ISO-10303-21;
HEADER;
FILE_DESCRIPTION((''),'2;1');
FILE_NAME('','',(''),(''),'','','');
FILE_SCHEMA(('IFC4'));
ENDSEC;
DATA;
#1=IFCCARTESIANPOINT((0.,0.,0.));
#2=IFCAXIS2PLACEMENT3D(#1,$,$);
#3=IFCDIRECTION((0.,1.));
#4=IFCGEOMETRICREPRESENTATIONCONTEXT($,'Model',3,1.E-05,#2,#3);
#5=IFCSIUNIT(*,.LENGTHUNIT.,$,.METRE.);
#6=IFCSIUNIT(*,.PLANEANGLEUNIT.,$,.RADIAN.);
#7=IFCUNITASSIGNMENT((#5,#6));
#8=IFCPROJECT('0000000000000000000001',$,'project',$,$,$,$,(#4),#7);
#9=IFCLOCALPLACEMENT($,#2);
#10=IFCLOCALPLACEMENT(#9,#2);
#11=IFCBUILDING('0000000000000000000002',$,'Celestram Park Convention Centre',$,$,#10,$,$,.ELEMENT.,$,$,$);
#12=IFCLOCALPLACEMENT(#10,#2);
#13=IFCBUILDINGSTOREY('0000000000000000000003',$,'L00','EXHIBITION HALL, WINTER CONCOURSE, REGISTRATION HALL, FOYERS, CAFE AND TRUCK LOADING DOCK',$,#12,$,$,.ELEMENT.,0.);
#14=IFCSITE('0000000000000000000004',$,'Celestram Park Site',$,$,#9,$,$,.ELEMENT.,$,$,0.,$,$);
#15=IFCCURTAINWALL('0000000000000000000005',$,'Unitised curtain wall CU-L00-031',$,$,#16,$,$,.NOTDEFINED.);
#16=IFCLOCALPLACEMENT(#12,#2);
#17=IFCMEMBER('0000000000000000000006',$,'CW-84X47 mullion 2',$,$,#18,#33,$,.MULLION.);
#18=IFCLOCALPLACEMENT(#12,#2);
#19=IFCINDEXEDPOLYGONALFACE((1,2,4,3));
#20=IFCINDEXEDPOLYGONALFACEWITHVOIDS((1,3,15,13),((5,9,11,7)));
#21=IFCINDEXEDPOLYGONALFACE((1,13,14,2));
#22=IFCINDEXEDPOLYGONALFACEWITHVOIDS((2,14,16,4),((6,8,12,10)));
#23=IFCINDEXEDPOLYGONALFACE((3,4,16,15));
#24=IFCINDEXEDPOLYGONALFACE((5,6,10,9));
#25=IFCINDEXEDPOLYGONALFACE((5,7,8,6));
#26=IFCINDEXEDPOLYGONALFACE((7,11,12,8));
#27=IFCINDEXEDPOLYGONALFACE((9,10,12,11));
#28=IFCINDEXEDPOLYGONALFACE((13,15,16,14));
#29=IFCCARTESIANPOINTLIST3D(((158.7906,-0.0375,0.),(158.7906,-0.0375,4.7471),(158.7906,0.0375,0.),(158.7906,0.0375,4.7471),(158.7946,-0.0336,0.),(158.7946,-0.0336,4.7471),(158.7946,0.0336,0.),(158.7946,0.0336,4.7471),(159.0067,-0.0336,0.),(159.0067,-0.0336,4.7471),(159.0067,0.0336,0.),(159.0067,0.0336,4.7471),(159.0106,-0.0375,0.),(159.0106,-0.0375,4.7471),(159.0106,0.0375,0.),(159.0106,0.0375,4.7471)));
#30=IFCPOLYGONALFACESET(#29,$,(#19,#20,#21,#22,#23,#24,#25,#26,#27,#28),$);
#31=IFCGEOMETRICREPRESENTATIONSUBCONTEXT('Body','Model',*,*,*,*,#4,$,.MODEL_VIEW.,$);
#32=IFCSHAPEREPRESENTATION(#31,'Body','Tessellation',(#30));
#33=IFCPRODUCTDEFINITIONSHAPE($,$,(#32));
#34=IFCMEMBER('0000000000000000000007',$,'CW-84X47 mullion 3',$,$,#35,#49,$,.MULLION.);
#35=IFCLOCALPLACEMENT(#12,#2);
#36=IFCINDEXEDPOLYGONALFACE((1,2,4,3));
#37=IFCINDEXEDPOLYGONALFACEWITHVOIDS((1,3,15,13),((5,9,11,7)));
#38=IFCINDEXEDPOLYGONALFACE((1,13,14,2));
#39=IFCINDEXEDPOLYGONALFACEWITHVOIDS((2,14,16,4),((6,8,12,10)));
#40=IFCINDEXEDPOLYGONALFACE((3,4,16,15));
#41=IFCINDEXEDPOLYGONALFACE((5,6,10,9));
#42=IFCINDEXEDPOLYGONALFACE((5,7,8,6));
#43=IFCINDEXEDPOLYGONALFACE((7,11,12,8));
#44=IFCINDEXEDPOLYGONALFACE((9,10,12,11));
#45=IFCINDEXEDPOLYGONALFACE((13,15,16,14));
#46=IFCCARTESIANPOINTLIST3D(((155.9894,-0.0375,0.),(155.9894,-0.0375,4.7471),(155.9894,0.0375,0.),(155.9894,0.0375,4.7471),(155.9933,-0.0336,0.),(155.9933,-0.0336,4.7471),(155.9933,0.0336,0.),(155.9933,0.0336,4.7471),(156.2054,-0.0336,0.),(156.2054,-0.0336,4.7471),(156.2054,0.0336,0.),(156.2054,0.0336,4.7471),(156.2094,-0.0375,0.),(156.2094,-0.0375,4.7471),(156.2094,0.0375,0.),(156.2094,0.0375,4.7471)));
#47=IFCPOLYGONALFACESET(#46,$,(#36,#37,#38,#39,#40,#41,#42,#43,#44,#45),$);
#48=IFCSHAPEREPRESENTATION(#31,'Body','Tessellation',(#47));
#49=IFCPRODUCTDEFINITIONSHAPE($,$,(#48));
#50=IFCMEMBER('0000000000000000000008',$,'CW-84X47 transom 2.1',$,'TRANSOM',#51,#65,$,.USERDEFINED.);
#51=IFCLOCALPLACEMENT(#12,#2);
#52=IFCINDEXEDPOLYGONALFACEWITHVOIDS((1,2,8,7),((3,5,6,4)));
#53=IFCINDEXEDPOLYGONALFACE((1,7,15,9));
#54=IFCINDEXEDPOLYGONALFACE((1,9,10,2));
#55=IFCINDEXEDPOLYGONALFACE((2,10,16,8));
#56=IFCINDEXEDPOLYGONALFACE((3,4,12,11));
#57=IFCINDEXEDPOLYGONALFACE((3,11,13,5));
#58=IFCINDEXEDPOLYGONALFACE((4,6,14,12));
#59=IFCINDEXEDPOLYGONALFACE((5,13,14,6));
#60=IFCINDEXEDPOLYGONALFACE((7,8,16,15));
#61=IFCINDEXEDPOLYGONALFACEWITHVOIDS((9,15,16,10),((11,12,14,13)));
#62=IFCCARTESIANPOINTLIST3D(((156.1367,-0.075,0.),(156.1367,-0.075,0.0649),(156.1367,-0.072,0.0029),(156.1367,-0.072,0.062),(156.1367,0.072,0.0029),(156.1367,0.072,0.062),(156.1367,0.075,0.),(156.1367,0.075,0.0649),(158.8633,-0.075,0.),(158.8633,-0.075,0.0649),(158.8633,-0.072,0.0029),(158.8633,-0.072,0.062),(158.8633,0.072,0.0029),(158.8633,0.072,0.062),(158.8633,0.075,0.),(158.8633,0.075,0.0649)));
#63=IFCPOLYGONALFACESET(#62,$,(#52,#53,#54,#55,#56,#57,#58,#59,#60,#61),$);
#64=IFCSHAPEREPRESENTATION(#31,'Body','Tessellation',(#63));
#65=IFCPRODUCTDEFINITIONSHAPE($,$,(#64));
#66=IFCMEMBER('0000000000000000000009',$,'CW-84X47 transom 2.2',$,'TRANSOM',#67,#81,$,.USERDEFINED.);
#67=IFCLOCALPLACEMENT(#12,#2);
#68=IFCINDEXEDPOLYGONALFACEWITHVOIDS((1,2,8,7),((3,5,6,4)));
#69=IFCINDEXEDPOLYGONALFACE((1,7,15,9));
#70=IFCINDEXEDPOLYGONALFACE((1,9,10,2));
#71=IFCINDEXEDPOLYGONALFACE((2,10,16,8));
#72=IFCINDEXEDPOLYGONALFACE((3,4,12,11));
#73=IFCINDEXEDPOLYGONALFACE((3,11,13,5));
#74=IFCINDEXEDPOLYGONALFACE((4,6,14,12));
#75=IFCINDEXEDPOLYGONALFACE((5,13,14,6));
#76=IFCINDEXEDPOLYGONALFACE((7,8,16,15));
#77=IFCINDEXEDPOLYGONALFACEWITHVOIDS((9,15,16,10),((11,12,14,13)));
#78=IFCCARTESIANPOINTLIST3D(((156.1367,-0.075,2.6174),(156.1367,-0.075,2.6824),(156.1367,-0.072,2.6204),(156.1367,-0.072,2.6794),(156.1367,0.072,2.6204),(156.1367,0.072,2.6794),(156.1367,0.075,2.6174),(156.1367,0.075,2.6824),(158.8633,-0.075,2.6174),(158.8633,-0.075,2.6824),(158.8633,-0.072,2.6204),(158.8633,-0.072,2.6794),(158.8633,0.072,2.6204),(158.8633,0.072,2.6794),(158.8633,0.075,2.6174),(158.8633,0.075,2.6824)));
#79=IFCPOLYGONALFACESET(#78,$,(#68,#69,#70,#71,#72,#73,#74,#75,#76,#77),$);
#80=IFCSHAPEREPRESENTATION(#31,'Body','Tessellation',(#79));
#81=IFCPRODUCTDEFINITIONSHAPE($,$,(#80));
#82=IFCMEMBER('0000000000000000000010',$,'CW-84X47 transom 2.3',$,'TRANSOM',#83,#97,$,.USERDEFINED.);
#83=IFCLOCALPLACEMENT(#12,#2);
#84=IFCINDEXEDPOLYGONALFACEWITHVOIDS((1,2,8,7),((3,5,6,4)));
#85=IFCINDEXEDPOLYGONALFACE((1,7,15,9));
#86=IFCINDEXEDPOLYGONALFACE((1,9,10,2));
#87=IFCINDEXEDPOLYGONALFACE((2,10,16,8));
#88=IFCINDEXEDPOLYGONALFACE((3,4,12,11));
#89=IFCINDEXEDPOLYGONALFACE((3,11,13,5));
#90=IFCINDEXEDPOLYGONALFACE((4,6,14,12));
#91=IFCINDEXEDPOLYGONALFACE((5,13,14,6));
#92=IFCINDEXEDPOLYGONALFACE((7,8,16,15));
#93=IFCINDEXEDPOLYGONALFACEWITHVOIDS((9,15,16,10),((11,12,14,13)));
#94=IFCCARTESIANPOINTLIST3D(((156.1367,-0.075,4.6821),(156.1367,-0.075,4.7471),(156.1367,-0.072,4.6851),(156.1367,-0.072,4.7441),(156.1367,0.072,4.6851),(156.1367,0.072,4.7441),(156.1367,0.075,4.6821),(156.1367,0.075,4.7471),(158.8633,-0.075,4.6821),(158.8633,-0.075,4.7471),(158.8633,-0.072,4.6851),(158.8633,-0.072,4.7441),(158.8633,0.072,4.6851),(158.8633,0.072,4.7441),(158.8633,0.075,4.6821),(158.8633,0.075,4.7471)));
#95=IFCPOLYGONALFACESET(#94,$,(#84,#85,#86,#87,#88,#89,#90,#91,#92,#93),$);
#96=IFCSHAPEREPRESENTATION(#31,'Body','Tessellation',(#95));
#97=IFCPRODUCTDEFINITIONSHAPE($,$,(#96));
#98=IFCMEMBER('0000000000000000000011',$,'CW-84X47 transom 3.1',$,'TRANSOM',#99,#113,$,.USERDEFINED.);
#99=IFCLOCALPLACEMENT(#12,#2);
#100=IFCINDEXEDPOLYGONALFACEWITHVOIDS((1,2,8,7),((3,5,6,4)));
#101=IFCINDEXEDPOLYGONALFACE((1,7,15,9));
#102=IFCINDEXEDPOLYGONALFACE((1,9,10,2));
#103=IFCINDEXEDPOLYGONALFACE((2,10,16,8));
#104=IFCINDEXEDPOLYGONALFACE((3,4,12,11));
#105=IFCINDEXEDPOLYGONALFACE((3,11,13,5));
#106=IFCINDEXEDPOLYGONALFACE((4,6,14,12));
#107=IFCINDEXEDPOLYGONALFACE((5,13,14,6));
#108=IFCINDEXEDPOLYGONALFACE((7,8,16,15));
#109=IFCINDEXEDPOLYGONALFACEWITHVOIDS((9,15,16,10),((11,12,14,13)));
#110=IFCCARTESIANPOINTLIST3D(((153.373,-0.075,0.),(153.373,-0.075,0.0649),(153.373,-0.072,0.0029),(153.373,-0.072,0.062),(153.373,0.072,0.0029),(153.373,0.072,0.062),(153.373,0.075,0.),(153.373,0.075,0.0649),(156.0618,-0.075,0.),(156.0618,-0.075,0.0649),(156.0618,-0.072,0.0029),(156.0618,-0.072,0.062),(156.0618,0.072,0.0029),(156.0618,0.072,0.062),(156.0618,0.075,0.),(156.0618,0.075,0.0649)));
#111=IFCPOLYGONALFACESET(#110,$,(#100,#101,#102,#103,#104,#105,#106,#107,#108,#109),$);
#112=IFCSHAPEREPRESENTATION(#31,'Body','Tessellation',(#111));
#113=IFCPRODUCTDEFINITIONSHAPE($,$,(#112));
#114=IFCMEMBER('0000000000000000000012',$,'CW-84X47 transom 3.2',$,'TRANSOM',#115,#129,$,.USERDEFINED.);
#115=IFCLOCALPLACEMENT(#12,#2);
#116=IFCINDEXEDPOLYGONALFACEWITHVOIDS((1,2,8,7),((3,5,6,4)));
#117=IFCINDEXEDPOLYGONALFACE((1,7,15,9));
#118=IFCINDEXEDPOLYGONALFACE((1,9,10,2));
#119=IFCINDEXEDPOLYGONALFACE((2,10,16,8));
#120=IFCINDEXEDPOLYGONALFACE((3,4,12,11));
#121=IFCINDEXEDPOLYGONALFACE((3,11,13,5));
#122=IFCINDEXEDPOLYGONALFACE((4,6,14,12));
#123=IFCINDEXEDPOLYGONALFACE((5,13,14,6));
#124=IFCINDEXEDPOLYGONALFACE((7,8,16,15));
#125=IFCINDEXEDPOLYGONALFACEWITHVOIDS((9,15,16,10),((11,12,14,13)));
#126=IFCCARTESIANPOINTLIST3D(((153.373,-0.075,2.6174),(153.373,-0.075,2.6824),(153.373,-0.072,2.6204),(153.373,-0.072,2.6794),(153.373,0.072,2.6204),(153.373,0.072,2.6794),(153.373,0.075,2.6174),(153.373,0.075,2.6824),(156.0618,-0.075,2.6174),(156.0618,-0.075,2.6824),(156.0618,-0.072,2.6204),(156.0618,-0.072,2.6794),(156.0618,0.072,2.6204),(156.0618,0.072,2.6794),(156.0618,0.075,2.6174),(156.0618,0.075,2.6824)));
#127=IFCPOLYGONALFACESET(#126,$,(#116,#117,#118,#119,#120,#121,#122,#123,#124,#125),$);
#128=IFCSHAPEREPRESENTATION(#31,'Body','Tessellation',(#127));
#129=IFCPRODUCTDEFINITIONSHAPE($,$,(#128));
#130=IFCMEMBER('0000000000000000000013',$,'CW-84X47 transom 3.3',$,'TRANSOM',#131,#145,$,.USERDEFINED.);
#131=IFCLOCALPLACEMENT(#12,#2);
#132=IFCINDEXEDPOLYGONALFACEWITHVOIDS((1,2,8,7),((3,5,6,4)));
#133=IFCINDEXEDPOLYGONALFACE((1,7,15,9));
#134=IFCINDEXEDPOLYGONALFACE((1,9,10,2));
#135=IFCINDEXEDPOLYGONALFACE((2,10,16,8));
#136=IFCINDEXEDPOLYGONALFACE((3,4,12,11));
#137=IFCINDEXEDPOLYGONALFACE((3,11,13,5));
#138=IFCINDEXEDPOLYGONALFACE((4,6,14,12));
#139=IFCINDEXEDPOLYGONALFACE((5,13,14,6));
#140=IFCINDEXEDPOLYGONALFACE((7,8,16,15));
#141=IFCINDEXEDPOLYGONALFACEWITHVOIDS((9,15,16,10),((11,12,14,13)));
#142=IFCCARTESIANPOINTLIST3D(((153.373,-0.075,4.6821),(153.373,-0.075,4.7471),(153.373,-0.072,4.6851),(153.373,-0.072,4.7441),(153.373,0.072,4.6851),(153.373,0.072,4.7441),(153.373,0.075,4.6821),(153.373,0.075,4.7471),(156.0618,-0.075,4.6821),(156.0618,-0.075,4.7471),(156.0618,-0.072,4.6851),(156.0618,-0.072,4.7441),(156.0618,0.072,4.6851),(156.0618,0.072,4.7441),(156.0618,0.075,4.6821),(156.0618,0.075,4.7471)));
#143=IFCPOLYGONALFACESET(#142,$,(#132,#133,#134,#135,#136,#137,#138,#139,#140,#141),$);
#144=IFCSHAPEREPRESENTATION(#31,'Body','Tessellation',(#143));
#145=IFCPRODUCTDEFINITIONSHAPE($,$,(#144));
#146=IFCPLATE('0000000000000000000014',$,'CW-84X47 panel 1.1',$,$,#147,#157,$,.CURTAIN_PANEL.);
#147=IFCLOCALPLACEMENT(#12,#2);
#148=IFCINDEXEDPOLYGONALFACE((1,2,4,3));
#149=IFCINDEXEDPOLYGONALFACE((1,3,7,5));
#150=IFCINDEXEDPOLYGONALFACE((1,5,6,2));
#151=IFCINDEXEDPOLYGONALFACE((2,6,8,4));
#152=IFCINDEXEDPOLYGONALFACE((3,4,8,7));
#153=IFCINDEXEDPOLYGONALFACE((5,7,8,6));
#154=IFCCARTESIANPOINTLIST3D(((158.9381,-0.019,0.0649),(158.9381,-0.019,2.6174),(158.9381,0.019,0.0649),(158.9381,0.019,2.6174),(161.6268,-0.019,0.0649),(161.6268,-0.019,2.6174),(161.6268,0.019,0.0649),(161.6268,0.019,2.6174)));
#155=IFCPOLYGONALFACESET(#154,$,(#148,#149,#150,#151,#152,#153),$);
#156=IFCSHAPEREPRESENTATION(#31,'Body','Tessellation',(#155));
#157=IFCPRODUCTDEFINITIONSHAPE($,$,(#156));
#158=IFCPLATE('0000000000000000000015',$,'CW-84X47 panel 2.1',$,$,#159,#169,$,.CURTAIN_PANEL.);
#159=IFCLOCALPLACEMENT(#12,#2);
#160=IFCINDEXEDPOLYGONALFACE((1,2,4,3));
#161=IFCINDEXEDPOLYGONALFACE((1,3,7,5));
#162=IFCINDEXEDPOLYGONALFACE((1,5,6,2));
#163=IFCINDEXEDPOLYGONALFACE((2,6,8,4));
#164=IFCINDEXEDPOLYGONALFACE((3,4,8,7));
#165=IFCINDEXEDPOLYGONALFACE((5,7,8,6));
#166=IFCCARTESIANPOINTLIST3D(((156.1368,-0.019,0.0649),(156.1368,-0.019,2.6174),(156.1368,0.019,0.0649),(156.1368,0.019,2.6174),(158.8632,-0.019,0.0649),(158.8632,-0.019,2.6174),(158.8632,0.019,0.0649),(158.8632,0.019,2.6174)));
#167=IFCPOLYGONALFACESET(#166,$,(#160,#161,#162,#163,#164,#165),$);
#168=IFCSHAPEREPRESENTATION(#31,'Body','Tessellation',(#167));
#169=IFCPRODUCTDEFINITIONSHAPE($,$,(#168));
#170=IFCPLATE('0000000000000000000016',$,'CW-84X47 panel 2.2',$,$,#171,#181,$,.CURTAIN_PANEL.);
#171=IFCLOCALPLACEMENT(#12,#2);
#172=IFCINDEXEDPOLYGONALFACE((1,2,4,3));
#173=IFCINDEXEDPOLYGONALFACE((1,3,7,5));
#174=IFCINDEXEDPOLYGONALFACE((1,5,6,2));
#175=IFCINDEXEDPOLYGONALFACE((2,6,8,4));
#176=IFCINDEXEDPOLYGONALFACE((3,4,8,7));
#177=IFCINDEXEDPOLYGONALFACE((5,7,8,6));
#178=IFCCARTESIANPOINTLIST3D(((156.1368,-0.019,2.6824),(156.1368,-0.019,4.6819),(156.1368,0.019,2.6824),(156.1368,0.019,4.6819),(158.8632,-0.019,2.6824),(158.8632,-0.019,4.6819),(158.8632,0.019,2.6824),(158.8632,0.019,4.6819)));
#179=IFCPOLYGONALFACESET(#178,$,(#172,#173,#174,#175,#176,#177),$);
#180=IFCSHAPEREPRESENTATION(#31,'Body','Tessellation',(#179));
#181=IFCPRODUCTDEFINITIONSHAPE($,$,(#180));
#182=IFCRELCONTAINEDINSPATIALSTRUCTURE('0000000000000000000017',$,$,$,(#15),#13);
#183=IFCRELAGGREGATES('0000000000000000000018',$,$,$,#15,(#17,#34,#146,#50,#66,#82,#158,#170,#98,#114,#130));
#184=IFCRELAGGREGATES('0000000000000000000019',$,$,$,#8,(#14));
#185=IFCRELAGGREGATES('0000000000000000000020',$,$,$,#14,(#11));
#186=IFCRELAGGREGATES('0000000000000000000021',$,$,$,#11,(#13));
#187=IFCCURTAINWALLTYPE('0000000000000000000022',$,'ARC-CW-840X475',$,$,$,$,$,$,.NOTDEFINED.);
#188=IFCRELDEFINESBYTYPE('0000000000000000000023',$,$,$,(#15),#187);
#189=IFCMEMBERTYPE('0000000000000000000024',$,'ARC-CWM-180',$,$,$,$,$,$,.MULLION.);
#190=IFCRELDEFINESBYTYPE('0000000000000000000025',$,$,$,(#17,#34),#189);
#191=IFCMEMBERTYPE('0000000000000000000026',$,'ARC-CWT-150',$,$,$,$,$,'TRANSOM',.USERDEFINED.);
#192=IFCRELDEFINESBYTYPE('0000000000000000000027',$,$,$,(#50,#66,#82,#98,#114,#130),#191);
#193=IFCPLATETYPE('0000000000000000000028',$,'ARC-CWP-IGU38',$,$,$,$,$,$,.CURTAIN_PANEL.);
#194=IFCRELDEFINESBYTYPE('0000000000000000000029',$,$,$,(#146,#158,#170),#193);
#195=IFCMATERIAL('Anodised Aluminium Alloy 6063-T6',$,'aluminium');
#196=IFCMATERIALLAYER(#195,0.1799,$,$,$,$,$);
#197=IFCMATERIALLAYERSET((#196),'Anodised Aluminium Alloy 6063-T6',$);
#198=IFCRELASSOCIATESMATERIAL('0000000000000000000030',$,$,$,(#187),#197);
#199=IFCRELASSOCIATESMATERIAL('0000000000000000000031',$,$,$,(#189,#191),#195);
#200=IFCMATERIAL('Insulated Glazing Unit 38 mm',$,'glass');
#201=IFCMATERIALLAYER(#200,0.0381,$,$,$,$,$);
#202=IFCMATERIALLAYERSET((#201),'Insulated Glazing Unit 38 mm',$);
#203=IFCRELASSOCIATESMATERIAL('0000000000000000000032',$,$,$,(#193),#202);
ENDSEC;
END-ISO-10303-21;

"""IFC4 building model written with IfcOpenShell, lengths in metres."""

from ifc_helpers import new_model, si_unit, direction, frame, origin, origin_2d, place, context, subcontext, project, spatial, rectangle, hollow_rectangle, extrude, material, layer, layer_set, material_profile, profile_set, type_object, element, aggregate, save


model = new_model("IFC4")

# Units and contexts
model_context = context("Model", 3, precision=1e-05, world=origin(), true_north=direction((0.0, 1.0)))
body_context = subcontext(model_context, "Body", "Model", "MODEL_VIEW")
ifc_project = project(units=[si_unit("LENGTHUNIT", "METRE"), si_unit("PLANEANGLEUNIT", "RADIAN")], contexts=[model_context])

# Site, building, storey
site_placement = place(None, origin())
site = spatial("IfcSite", under=ifc_project, at=site_placement, Name="Celestram Park Site", CompositionType="ELEMENT", RefElevation=0.0)
building_placement = place(site_placement, origin())
building = spatial("IfcBuilding", under=site, at=building_placement, Name="Celestram Park Convention Centre", CompositionType="ELEMENT")
storey_placement = place(building_placement, origin())
storey = spatial("IfcBuildingStorey", under=building, at=storey_placement, Name="L00", Description="EXHIBITION HALL, WINTER CONCOURSE, REGISTRATION HALL, FOYERS, CAFE AND TRUCK LOADING DOCK", CompositionType="ELEMENT", Elevation=0.0)

# Curtain wall, members, plates
ifc_material_1 = material(Name="Anodised Aluminium Alloy 6063-T6", Category="aluminium")
ifc_layer_1 = layer(ifc_material_1, 0.1799)
ifc_layer_set_1 = layer_set([ifc_layer_1], Name="Anodised Aluminium Alloy 6063-T6")
curtain_wall_type = type_object("IfcCurtainWallType", Name="ARC-CW-840X475", PredefinedType="NOTDEFINED", material=ifc_layer_set_1)
curtain_wall_placement = place(storey_placement, origin())
curtain_wall = element("IfcCurtainWall", 1, at=curtain_wall_placement, inside=storey, type_object=curtain_wall_type, Name="Unitised curtain wall CU-L00-031", PredefinedType="NOTDEFINED")
ifc_material_profile_1 = material_profile(ifc_material_1, hollow_rectangle(XDim=0.075, YDim=0.22, WallThickness=0.0039, at=origin_2d()), Name="ALU75X220X4")
ifc_profile_set_1 = profile_set([ifc_material_profile_1], Name="Anodised Aluminium Alloy 6063-T6")
member_type_1 = type_object("IfcMemberType", Name="ARC-CWM-180", PredefinedType="MULLION", material=ifc_profile_set_1)
member_1_placement = place(storey_placement, frame((158.9006, 0.0, 0.0), z_axis=(0.0, 0.0, 1.0), x_axis=(0.0, -1.0, 0.0)))
member_1 = element("IfcMember", 2, at=member_1_placement, type_object=member_type_1, Name="CW-84X47 mullion 2", PredefinedType="MULLION", context=body_context, shape_type="SweptSolid", body=[
    extrude(hollow_rectangle(XDim=0.075, YDim=0.22, WallThickness=0.0039, at=origin_2d()), origin(), (0.0, 0.0, 1.0), 4.7471),
])
member_2_placement = place(storey_placement, frame((156.0994, 0.0, 0.0), z_axis=(0.0, 0.0, 1.0), x_axis=(0.0, -1.0, 0.0)))
member_2 = element("IfcMember", 3, at=member_2_placement, type_object=member_type_1, Name="CW-84X47 mullion 3", PredefinedType="MULLION", context=body_context, shape_type="SweptSolid", body=[
    extrude(hollow_rectangle(XDim=0.075, YDim=0.22, WallThickness=0.0039, at=origin_2d()), origin(), (0.0, 0.0, 1.0), 4.7471),
])
ifc_material_profile_2 = material_profile(ifc_material_1, hollow_rectangle(XDim=0.1499, YDim=0.0649, WallThickness=0.0029, at=origin_2d()), Name="ALU150X65X3")
ifc_profile_set_2 = profile_set([ifc_material_profile_2], Name="Anodised Aluminium Alloy 6063-T6")
member_type_2 = type_object("IfcMemberType", Name="ARC-CWT-150", ElementType="TRANSOM", PredefinedType="USERDEFINED", material=ifc_profile_set_2)
member_3_placement = place(storey_placement, frame((158.8633, 0.0, 0.0325), z_axis=(-1.0, 0.0, 0.0), x_axis=(0.0, -1.0, 0.0)))
member_3 = element("IfcMember", 4, at=member_3_placement, type_object=member_type_2, Name="CW-84X47 transom 2.1", ObjectType="TRANSOM", PredefinedType="USERDEFINED", context=body_context, shape_type="SweptSolid", body=[
    extrude(hollow_rectangle(XDim=0.1499, YDim=0.0649, WallThickness=0.0029, at=origin_2d()), origin(), (0.0, 0.0, 1.0), 2.7266),
])
member_4_placement = place(storey_placement, frame((158.8633, 0.0, 2.6499), z_axis=(-1.0, 0.0, 0.0), x_axis=(0.0, -1.0, 0.0)))
member_4 = element("IfcMember", 5, at=member_4_placement, type_object=member_type_2, Name="CW-84X47 transom 2.2", ObjectType="TRANSOM", PredefinedType="USERDEFINED", context=body_context, shape_type="SweptSolid", body=[
    extrude(hollow_rectangle(XDim=0.1499, YDim=0.0649, WallThickness=0.0029, at=origin_2d()), origin(), (0.0, 0.0, 1.0), 2.7266),
])
member_5_placement = place(storey_placement, frame((158.8633, 0.0, 4.7146), z_axis=(-1.0, 0.0, 0.0), x_axis=(0.0, -1.0, 0.0)))
member_5 = element("IfcMember", 6, at=member_5_placement, type_object=member_type_2, Name="CW-84X47 transom 2.3", ObjectType="TRANSOM", PredefinedType="USERDEFINED", context=body_context, shape_type="SweptSolid", body=[
    extrude(hollow_rectangle(XDim=0.1499, YDim=0.0649, WallThickness=0.0029, at=origin_2d()), origin(), (0.0, 0.0, 1.0), 2.7266),
])
member_6_placement = place(storey_placement, frame((156.0618, 0.0, 0.0325), z_axis=(-1.0, 0.0, 0.0), x_axis=(0.0, -1.0, 0.0)))
member_6 = element("IfcMember", 7, at=member_6_placement, type_object=member_type_2, Name="CW-84X47 transom 3.1", ObjectType="TRANSOM", PredefinedType="USERDEFINED", context=body_context, shape_type="SweptSolid", body=[
    extrude(hollow_rectangle(XDim=0.1499, YDim=0.0649, WallThickness=0.0029, at=origin_2d()), origin(), (0.0, 0.0, 1.0), 2.6887),
])
member_7_placement = place(storey_placement, frame((156.0618, 0.0, 2.6499), z_axis=(-1.0, 0.0, 0.0), x_axis=(0.0, -1.0, 0.0)))
member_7 = element("IfcMember", 8, at=member_7_placement, type_object=member_type_2, Name="CW-84X47 transom 3.2", ObjectType="TRANSOM", PredefinedType="USERDEFINED", context=body_context, shape_type="SweptSolid", body=[
    extrude(hollow_rectangle(XDim=0.1499, YDim=0.0649, WallThickness=0.0029, at=origin_2d()), origin(), (0.0, 0.0, 1.0), 2.6887),
])
member_8_placement = place(storey_placement, frame((156.0618, 0.0, 4.7146), z_axis=(-1.0, 0.0, 0.0), x_axis=(0.0, -1.0, 0.0)))
member_8 = element("IfcMember", 9, at=member_8_placement, type_object=member_type_2, Name="CW-84X47 transom 3.3", ObjectType="TRANSOM", PredefinedType="USERDEFINED", context=body_context, shape_type="SweptSolid", body=[
    extrude(hollow_rectangle(XDim=0.1499, YDim=0.0649, WallThickness=0.0029, at=origin_2d()), origin(), (0.0, 0.0, 1.0), 2.6887),
])
ifc_material_2 = material(Name="Insulated Glazing Unit 38 mm", Category="glass")
ifc_layer_2 = layer(ifc_material_2, 0.0381)
ifc_layer_set_2 = layer_set([ifc_layer_2], Name="Insulated Glazing Unit 38 mm")
plate_type = type_object("IfcPlateType", Name="ARC-CWP-IGU38", PredefinedType="CURTAIN_PANEL", material=ifc_layer_set_2)
plate_1_placement = place(storey_placement, frame((160.2825, 0.0, 0.0649), z_axis=(0.0, 0.0, 1.0), x_axis=(-1.0, 0.0, 0.0)))
plate_1 = element("IfcPlate", 10, at=plate_1_placement, type_object=plate_type, Name="CW-84X47 panel 1.1", PredefinedType="CURTAIN_PANEL", context=body_context, shape_type="SweptSolid", body=[
    extrude(rectangle(XDim=2.6887, YDim=0.0381, at=origin_2d()), origin(), (0.0, 0.0, 1.0), 2.5525),
])
plate_2_placement = place(storey_placement, frame((157.5, 0.0, 0.0649), z_axis=(0.0, 0.0, 1.0), x_axis=(-1.0, 0.0, 0.0)))
plate_2 = element("IfcPlate", 11, at=plate_2_placement, type_object=plate_type, Name="CW-84X47 panel 2.1", PredefinedType="CURTAIN_PANEL", context=body_context, shape_type="SweptSolid", body=[
    extrude(rectangle(XDim=2.7263, YDim=0.0381, at=origin_2d()), origin(), (0.0, 0.0, 1.0), 2.5525),
])
plate_3_placement = place(storey_placement, frame((157.5, 0.0, 2.6824), z_axis=(0.0, 0.0, 1.0), x_axis=(-1.0, 0.0, 0.0)))
plate_3 = element("IfcPlate", 12, at=plate_3_placement, type_object=plate_type, Name="CW-84X47 panel 2.2", PredefinedType="CURTAIN_PANEL", context=body_context, shape_type="SweptSolid", body=[
    extrude(rectangle(XDim=2.7263, YDim=0.0381, at=origin_2d()), origin(), (0.0, 0.0, 1.0), 1.9995),
])
aggregate(curtain_wall, [member_1, member_2, plate_1, member_3, member_4, member_5, plate_2, plate_3, member_6, member_7, member_8])

save(model, "model.ifc")
